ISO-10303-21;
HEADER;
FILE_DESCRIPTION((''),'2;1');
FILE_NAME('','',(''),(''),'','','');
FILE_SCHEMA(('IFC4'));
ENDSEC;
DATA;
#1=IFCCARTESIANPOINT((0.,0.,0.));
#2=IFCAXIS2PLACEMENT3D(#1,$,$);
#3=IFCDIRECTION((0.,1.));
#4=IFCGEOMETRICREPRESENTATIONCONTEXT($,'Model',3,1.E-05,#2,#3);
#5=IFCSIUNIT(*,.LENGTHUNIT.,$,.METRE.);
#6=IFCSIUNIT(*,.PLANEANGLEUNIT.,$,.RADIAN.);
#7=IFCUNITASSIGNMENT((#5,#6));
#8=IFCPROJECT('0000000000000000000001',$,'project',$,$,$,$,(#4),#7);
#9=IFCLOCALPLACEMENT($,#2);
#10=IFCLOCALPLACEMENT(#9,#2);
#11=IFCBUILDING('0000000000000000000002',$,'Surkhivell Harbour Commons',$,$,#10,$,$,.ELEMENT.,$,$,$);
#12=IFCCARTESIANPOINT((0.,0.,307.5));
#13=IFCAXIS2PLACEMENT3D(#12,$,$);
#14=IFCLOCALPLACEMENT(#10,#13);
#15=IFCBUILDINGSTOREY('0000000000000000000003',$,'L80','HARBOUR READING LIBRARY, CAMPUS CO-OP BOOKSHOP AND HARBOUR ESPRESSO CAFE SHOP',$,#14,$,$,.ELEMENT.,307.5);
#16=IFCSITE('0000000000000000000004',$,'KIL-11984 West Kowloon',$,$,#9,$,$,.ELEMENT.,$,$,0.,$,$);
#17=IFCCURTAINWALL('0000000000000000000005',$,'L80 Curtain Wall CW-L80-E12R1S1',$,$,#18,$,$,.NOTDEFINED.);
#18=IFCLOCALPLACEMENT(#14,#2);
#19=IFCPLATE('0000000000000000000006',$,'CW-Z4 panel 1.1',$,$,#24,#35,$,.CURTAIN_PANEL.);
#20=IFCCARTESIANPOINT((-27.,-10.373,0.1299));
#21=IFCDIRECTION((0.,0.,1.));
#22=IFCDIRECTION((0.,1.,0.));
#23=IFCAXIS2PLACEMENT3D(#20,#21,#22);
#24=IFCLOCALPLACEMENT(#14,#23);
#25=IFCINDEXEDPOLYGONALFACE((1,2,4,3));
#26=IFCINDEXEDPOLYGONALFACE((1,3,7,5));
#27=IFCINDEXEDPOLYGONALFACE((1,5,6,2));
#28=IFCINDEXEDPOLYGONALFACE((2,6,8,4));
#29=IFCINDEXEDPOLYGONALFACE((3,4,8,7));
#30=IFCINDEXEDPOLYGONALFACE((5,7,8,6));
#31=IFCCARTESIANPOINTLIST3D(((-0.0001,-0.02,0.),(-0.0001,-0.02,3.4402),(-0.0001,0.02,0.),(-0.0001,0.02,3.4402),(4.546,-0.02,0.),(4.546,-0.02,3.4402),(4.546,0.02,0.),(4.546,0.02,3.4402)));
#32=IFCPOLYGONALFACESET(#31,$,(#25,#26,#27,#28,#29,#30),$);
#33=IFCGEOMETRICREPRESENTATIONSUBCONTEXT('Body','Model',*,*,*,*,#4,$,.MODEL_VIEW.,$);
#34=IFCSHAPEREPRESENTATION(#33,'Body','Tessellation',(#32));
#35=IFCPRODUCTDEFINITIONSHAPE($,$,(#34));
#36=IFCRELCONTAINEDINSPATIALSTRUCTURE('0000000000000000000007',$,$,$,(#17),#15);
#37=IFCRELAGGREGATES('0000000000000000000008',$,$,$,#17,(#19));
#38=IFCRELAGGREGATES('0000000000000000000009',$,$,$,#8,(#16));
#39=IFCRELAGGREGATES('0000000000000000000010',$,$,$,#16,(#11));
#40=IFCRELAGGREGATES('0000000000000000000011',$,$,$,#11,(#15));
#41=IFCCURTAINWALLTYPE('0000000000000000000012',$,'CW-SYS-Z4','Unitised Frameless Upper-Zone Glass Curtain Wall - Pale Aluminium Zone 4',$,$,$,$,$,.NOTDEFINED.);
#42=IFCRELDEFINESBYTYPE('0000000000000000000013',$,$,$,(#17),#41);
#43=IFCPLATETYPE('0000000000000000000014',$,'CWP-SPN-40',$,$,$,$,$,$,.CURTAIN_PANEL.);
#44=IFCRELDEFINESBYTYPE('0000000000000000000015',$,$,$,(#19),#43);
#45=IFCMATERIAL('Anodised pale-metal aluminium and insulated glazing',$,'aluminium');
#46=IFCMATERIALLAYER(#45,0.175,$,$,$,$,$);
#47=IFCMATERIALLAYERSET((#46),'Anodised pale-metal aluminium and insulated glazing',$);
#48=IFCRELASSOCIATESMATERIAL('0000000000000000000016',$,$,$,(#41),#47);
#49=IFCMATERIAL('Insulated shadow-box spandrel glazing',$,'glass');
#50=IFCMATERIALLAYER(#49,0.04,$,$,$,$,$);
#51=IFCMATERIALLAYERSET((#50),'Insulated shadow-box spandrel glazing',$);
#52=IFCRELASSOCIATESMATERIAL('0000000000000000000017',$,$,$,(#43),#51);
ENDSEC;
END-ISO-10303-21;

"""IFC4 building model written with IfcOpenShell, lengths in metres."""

from ifc_helpers import new_model, si_unit, direction, frame, frame_2d, origin, place, context, subcontext, project, spatial, rectangle, extrude, material, layer, layer_set, type_object, element, aggregate, save


model = new_model("IFC4")

# Units and contexts
model_context = context("Model", 3, precision=1e-05, world=origin(), true_north=direction((0.0, 1.0)))
body_context = subcontext(model_context, "Body", "Model", "MODEL_VIEW")
ifc_project = project(units=[si_unit("LENGTHUNIT", "METRE"), si_unit("PLANEANGLEUNIT", "RADIAN")], contexts=[model_context])

# Site, building, storey
site_placement = place(None, origin())
site = spatial("IfcSite", under=ifc_project, at=site_placement, Name="KIL-11984 West Kowloon", CompositionType="ELEMENT", RefElevation=0.0)
building_placement = place(site_placement, origin())
building = spatial("IfcBuilding", under=site, at=building_placement, Name="Surkhivell Harbour Commons", CompositionType="ELEMENT")
storey_placement = place(building_placement, frame((0.0, 0.0, 307.5)))
storey = spatial("IfcBuildingStorey", under=building, at=storey_placement, Name="L80", Description="HARBOUR READING LIBRARY, CAMPUS CO-OP BOOKSHOP AND HARBOUR ESPRESSO CAFE SHOP", CompositionType="ELEMENT", Elevation=307.5)

# Curtain wall
ifc_material_1 = material(Name="Anodised pale-metal aluminium and insulated glazing", Category="aluminium")
ifc_layer_1 = layer(ifc_material_1, 0.175)
ifc_layer_set_1 = layer_set([ifc_layer_1], Name="Anodised pale-metal aluminium and insulated glazing")
curtain_wall_type = type_object("IfcCurtainWallType", Name="CW-SYS-Z4", Description="Unitised Frameless Upper-Zone Glass Curtain Wall - Pale Aluminium Zone 4", PredefinedType="NOTDEFINED", material=ifc_layer_set_1)
curtain_wall_placement = place(storey_placement, origin())
curtain_wall = element("IfcCurtainWall", 1, at=curtain_wall_placement, inside=storey, type_object=curtain_wall_type, Name="L80 Curtain Wall CW-L80-E12R1S1", PredefinedType="NOTDEFINED")

# Plate
ifc_material_2 = material(Name="Insulated shadow-box spandrel glazing", Category="glass")
ifc_layer_2 = layer(ifc_material_2, 0.04)
ifc_layer_set_2 = layer_set([ifc_layer_2], Name="Insulated shadow-box spandrel glazing")
plate_type_1 = type_object("IfcPlateType", Name="CWP-SPN-40", PredefinedType="CURTAIN_PANEL", material=ifc_layer_set_2)
plate_1_placement = place(storey_placement, frame((-27.0, -10.373, 0.1299), z_axis=(0.0, 0.0, 1.0), x_axis=(0.0, 1.0, 0.0)))
plate_1 = element("IfcPlate", 2, at=plate_1_placement, type_object=plate_type_1, Name="CW-Z4 panel 1.1", PredefinedType="CURTAIN_PANEL", context=body_context, shape_type="SweptSolid", body=[
    extrude(rectangle(XDim=4.5461, YDim=0.04, at=frame_2d((2.2729, 0.0))), origin(), (0.0, 0.0, 1.0), 3.4402),
])
aggregate(curtain_wall, [plate_1])

save(model, "model.ifc")
